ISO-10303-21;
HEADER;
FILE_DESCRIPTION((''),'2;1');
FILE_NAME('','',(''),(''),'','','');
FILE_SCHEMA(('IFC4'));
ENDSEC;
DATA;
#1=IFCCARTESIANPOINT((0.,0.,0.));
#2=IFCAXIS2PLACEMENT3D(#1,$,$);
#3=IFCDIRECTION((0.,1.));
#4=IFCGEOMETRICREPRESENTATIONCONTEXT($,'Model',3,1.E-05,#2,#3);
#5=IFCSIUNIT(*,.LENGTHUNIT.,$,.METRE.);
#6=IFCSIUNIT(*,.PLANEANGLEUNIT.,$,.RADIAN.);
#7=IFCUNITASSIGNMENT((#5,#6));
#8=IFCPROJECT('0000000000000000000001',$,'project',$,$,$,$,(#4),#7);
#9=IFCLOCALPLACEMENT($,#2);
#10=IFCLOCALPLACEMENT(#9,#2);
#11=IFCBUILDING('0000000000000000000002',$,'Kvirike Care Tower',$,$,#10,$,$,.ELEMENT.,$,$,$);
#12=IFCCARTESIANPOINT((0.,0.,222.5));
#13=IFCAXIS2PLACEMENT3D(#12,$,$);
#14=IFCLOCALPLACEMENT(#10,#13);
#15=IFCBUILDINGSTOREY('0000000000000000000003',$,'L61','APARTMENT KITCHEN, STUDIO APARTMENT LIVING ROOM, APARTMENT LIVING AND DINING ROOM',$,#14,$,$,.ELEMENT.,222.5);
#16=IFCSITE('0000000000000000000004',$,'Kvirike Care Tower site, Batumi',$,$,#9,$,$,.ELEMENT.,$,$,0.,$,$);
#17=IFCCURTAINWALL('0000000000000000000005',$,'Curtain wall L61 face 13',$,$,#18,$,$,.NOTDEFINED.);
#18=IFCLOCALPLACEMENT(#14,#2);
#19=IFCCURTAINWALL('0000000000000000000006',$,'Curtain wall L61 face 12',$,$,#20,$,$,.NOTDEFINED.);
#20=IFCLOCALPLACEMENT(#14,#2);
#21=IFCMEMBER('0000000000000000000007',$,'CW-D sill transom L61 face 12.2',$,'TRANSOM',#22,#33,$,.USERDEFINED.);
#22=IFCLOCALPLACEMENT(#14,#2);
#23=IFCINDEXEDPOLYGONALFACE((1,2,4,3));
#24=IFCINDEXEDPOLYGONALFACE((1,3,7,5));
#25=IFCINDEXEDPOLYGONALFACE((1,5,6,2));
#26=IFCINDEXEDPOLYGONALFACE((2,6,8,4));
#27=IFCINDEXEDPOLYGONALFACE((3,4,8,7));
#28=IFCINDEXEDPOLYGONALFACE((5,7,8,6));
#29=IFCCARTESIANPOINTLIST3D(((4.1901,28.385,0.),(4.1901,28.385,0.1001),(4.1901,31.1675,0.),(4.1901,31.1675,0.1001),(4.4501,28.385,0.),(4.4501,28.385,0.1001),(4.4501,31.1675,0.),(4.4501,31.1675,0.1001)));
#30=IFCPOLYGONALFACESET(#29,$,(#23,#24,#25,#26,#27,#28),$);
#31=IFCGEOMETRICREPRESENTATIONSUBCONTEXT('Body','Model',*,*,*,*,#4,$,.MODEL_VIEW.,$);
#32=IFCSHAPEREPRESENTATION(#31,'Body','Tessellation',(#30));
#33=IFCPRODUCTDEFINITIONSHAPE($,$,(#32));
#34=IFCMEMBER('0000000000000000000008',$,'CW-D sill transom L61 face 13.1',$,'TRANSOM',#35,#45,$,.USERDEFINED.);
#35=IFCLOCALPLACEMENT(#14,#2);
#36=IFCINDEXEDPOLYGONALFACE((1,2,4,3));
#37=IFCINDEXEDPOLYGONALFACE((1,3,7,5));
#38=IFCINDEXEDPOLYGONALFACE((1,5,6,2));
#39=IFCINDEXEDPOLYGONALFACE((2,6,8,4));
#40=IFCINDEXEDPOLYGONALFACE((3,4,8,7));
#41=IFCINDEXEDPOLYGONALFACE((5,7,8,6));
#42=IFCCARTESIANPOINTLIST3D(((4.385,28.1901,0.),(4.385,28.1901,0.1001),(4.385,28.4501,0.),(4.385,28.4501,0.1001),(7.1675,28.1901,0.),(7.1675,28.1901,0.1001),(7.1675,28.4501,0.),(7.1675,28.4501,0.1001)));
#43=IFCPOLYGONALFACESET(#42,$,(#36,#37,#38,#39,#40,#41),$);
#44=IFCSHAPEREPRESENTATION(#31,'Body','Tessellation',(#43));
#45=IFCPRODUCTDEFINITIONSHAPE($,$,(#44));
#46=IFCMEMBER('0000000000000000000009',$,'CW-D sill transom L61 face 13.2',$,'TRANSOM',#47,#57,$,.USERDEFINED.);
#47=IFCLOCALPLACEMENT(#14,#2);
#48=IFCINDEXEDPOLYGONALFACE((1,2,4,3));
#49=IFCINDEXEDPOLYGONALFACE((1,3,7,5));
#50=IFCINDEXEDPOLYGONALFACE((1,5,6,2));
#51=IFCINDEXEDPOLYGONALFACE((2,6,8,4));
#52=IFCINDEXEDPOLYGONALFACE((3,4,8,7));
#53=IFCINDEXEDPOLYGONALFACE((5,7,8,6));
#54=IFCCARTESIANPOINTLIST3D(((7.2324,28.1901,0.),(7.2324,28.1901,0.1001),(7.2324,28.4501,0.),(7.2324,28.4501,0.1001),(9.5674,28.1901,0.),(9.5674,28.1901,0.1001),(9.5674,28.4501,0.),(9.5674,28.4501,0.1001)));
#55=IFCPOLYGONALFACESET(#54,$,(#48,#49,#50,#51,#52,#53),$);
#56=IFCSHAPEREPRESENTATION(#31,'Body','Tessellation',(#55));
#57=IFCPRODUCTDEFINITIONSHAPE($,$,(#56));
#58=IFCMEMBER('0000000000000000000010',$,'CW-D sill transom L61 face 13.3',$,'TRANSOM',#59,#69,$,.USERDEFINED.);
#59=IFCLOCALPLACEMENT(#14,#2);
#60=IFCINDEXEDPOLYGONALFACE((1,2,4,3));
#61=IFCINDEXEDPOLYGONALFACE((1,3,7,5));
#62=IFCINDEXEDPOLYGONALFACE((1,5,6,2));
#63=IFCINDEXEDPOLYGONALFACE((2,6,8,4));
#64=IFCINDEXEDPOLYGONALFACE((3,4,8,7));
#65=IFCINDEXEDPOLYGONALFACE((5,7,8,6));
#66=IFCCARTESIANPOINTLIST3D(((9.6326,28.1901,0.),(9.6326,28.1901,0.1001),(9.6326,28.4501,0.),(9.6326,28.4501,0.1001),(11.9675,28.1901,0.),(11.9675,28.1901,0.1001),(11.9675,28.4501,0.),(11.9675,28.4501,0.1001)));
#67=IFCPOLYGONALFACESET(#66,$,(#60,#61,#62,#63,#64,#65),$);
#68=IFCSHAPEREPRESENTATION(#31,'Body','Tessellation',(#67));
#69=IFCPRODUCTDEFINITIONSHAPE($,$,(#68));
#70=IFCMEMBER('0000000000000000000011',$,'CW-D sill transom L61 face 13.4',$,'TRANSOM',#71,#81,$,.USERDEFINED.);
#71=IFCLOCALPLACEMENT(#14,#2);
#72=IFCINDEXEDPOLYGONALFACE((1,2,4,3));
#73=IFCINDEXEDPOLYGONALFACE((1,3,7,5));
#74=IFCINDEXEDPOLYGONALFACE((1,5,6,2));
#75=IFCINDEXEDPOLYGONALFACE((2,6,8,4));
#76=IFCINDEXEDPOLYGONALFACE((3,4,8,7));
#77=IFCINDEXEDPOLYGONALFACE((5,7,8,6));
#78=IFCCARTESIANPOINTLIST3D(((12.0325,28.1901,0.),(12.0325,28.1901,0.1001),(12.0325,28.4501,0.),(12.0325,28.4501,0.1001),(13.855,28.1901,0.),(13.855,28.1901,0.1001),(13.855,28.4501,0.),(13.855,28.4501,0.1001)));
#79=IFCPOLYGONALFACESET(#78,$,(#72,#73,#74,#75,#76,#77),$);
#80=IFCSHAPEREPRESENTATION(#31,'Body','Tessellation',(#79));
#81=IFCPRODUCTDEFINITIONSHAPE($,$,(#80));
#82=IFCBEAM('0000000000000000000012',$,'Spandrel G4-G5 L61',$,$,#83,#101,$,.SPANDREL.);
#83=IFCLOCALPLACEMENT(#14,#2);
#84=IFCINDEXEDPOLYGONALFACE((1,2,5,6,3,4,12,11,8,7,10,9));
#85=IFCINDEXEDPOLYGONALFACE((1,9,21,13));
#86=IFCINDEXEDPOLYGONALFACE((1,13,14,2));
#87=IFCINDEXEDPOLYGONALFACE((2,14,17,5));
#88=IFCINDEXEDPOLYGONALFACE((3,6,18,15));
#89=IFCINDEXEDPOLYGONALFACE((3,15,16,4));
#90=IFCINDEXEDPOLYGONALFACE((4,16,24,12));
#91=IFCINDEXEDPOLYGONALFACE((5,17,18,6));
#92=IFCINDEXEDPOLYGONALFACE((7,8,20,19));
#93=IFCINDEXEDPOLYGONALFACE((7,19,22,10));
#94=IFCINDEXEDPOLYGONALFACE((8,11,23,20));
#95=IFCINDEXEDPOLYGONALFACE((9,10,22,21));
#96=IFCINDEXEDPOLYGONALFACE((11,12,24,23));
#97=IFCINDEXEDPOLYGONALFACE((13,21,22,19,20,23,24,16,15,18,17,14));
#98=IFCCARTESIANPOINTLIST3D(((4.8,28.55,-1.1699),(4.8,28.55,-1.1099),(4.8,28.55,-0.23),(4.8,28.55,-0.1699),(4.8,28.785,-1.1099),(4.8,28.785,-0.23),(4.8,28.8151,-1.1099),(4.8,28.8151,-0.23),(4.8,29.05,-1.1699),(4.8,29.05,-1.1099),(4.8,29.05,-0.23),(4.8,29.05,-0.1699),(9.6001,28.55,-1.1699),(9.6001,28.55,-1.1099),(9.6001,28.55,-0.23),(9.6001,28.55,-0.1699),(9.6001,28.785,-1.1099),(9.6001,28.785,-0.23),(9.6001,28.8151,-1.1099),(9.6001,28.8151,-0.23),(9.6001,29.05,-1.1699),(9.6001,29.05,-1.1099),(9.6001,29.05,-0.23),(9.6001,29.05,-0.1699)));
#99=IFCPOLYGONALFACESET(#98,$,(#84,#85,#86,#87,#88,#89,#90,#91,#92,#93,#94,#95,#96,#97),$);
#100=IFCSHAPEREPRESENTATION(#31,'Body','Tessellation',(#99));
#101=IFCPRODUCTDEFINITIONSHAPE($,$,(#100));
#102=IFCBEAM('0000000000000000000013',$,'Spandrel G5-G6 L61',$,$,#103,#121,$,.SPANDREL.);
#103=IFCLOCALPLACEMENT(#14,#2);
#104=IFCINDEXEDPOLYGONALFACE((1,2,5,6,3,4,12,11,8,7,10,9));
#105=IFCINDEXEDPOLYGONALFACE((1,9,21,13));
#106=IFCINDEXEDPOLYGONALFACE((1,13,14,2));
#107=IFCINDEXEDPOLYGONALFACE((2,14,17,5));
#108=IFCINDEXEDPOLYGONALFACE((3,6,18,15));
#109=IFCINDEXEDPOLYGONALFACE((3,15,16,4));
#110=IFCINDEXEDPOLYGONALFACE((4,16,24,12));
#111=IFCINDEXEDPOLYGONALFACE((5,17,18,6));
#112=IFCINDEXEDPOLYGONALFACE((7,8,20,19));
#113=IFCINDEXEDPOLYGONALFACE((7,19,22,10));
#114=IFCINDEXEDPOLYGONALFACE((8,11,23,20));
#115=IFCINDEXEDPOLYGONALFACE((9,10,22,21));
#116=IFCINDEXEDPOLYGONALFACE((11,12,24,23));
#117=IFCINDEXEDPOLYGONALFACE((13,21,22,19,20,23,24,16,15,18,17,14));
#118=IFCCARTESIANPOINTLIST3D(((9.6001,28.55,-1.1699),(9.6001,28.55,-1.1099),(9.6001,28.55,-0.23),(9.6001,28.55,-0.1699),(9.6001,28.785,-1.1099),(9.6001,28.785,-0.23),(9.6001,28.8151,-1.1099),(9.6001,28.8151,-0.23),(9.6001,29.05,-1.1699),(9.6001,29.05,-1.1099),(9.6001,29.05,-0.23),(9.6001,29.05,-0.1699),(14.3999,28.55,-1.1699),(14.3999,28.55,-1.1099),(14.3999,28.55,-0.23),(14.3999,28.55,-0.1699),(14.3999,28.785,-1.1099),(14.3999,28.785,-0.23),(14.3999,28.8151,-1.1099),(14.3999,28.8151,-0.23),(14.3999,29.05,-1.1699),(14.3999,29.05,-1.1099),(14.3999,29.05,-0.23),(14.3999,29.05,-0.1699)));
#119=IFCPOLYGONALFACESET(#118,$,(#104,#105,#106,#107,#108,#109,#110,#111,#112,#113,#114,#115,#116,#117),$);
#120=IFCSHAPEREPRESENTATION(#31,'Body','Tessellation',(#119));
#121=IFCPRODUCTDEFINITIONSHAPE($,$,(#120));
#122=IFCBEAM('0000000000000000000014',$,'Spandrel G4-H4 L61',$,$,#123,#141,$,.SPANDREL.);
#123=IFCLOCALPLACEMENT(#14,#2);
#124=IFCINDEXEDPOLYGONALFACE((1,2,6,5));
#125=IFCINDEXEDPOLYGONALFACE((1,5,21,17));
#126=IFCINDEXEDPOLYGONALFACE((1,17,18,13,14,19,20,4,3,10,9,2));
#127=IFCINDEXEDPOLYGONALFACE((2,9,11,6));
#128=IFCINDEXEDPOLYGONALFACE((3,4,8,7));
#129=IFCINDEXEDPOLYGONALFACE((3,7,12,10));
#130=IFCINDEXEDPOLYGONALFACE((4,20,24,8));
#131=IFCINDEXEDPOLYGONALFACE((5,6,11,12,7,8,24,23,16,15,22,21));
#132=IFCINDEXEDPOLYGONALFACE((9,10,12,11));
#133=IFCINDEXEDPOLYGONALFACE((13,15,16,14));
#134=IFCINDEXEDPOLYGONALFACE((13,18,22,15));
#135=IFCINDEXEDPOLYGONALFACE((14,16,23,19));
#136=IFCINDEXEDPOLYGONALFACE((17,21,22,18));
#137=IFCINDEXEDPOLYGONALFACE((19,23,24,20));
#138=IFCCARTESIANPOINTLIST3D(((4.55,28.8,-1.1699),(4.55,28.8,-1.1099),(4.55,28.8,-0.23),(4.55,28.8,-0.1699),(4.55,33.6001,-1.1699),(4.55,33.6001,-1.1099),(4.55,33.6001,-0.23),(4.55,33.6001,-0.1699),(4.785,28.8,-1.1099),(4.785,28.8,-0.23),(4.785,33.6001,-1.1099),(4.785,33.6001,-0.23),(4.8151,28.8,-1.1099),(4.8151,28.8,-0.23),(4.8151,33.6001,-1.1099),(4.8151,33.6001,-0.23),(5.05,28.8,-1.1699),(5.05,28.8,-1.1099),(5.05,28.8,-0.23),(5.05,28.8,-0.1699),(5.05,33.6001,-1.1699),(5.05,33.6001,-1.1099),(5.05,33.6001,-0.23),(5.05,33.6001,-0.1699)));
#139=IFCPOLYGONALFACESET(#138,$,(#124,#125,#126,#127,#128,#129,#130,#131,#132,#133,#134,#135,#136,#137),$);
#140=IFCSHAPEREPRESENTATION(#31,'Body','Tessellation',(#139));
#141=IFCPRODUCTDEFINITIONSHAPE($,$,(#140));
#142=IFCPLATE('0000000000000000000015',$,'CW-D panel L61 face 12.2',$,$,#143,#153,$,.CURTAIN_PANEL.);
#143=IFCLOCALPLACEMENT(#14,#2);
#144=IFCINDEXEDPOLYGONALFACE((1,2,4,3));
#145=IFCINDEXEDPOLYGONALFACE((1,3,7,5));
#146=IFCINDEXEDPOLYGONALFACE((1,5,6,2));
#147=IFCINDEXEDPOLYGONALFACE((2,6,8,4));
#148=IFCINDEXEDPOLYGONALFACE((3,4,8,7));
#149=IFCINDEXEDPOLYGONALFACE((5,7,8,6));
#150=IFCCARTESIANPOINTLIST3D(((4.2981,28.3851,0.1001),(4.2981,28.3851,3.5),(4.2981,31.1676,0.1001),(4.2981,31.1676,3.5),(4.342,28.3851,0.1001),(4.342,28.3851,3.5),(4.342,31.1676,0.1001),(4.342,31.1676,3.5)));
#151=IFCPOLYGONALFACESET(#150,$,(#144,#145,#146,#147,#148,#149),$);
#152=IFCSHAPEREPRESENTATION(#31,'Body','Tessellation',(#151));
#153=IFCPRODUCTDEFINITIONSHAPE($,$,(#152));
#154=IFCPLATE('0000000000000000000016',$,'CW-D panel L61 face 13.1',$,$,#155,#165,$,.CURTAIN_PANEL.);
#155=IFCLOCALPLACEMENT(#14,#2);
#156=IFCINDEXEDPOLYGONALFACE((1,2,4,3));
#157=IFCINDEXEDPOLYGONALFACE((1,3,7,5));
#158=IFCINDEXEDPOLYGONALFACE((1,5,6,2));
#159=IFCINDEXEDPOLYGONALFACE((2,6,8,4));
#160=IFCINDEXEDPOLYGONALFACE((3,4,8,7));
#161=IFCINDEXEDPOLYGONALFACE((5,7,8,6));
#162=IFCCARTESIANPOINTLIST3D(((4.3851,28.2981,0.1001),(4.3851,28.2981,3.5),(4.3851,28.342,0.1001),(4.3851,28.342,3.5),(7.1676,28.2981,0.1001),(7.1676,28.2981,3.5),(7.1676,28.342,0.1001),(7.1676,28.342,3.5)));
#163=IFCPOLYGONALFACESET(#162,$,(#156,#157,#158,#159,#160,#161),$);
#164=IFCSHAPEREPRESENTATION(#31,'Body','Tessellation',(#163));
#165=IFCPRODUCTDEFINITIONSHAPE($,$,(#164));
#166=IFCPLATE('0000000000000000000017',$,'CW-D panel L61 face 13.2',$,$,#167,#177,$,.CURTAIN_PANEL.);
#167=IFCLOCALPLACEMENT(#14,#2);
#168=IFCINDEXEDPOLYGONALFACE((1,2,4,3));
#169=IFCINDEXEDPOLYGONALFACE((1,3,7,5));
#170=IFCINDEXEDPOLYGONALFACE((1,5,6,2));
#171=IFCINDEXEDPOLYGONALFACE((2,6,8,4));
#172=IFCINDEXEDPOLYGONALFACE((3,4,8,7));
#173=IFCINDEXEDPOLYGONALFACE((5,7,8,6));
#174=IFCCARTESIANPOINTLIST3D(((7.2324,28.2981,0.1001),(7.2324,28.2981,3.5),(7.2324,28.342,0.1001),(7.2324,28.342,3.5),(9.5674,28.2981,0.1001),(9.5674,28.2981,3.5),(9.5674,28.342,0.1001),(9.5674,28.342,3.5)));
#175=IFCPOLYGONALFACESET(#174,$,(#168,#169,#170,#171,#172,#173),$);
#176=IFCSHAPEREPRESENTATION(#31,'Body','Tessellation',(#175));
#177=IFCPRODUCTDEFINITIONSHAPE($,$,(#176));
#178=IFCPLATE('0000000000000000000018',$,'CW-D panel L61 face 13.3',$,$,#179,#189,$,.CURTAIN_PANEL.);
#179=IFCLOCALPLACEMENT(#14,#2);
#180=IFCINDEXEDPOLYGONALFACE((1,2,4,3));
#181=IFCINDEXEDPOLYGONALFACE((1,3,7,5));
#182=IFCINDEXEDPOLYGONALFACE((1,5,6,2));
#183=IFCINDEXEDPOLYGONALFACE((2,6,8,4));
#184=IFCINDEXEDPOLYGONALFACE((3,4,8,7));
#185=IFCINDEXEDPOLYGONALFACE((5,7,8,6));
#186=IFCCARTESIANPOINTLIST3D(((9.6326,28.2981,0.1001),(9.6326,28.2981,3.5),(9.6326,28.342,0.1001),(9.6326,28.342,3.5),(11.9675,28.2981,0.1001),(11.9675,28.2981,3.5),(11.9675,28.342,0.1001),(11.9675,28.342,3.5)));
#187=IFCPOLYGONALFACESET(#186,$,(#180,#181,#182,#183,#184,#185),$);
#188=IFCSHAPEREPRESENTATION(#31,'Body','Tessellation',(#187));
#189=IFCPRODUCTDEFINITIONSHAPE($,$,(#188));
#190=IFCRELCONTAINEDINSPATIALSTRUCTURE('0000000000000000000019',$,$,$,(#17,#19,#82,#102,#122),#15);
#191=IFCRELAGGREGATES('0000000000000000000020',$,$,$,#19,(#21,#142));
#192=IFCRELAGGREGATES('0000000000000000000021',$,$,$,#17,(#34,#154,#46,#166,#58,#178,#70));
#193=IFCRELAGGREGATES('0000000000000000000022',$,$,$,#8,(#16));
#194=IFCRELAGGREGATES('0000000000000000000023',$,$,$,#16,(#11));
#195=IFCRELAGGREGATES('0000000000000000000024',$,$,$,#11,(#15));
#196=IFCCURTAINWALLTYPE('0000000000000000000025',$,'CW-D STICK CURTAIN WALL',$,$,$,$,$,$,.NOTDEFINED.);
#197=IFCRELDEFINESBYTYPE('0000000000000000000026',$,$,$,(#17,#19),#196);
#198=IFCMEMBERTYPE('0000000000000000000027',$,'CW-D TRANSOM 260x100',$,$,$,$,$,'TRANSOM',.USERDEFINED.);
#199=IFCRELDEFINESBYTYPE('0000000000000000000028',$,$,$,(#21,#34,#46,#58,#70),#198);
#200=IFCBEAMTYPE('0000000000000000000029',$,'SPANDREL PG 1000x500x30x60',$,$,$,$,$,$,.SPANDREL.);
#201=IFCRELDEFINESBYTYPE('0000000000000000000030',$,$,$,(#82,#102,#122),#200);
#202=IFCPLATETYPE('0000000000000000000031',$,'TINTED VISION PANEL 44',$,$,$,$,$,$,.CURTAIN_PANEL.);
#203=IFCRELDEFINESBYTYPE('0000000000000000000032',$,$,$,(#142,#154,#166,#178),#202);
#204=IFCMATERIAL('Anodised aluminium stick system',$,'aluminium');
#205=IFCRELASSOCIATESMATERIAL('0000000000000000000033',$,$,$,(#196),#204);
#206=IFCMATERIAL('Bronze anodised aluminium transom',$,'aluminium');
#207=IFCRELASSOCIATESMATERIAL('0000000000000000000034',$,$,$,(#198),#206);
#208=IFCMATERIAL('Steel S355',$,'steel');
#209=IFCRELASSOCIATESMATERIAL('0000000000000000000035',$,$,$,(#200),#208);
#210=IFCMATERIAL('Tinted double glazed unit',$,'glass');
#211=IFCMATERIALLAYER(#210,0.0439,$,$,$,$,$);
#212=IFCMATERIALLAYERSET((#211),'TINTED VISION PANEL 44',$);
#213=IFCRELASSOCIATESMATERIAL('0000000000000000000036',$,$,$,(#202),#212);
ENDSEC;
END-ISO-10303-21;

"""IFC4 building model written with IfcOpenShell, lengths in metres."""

from ifc_helpers import new_model, si_unit, direction, frame, origin, origin_2d, place, context, subcontext, project, spatial, rectangle, i_section, extrude, material, layer, layer_set, material_profile, profile_set, type_object, element, aggregate, save


model = new_model("IFC4")

# Units and contexts
model_context = context("Model", 3, precision=1e-05, world=origin(), true_north=direction((0.0, 1.0)))
body_context = subcontext(model_context, "Body", "Model", "MODEL_VIEW")
ifc_project = project(units=[si_unit("LENGTHUNIT", "METRE"), si_unit("PLANEANGLEUNIT", "RADIAN")], contexts=[model_context])

# Site, building, storey
site_placement = place(None, origin())
site = spatial("IfcSite", under=ifc_project, at=site_placement, Name="Kvirike Care Tower site, Batumi", CompositionType="ELEMENT", RefElevation=0.0)
building_placement = place(site_placement, origin())
building = spatial("IfcBuilding", under=site, at=building_placement, Name="Kvirike Care Tower", CompositionType="ELEMENT")
storey_placement = place(building_placement, frame((0.0, 0.0, 222.5)))
storey = spatial("IfcBuildingStorey", under=building, at=storey_placement, Name="L61", Description="APARTMENT KITCHEN, STUDIO APARTMENT LIVING ROOM, APARTMENT LIVING AND DINING ROOM", CompositionType="ELEMENT", Elevation=222.5)

# Curtain wall
ifc_material_1 = material(Name="Anodised aluminium stick system", Category="aluminium")
curtain_wall_type = type_object("IfcCurtainWallType", Name="CW-D STICK CURTAIN WALL", PredefinedType="NOTDEFINED", material=ifc_material_1)
curtain_wall_1_placement = place(storey_placement, origin())
curtain_wall_1 = element("IfcCurtainWall", 1, at=curtain_wall_1_placement, inside=storey, type_object=curtain_wall_type, Name="Curtain wall L61 face 13", PredefinedType="NOTDEFINED")

# Curtain wall
curtain_wall_2_placement = place(storey_placement, origin())
curtain_wall_2 = element("IfcCurtainWall", 2, at=curtain_wall_2_placement, inside=storey, type_object=curtain_wall_type, Name="Curtain wall L61 face 12", PredefinedType="NOTDEFINED")

# Members
ifc_material_2 = material(Name="Bronze anodised aluminium transom", Category="aluminium")
ifc_material_profile_1 = material_profile(ifc_material_2, rectangle(XDim=0.26, YDim=0.1001, at=origin_2d()), Name="CW-D TRANSOM 260x100")
ifc_profile_set_1 = profile_set([ifc_material_profile_1], Name="Bronze anodised aluminium transom")
member_type_1 = type_object("IfcMemberType", Name="CW-D TRANSOM 260x100", ElementType="TRANSOM", PredefinedType="USERDEFINED", material=ifc_profile_set_1)
member_1_placement = place(storey_placement, frame((4.3201, 31.1675, 0.05), z_axis=(0.0, -1.0, 0.0), x_axis=(1.0, 0.0, 0.0)))
member_1 = element("IfcMember", 3, at=member_1_placement, type_object=member_type_1, Name="CW-D sill transom L61 face 12.2", ObjectType="TRANSOM", PredefinedType="USERDEFINED", context=body_context, shape_type="SweptSolid", body=[
    extrude(rectangle(XDim=0.26, YDim=0.1001, at=origin_2d()), origin(), (0.0, 0.0, 1.0), 2.7825),
])
member_2_placement = place(storey_placement, frame((4.385, 28.3201, 0.05), z_axis=(1.0, 0.0, 0.0), x_axis=(0.0, 1.0, 0.0)))
member_2 = element("IfcMember", 4, at=member_2_placement, type_object=member_type_1, Name="CW-D sill transom L61 face 13.1", ObjectType="TRANSOM", PredefinedType="USERDEFINED", context=body_context, shape_type="SweptSolid", body=[
    extrude(rectangle(XDim=0.26, YDim=0.1001, at=origin_2d()), origin(), (0.0, 0.0, 1.0), 2.7825),
])
member_3_placement = place(storey_placement, frame((7.2324, 28.3201, 0.05), z_axis=(1.0, 0.0, 0.0), x_axis=(0.0, 1.0, 0.0)))
member_3 = element("IfcMember", 5, at=member_3_placement, type_object=member_type_1, Name="CW-D sill transom L61 face 13.2", ObjectType="TRANSOM", PredefinedType="USERDEFINED", context=body_context, shape_type="SweptSolid", body=[
    extrude(rectangle(XDim=0.26, YDim=0.1001, at=origin_2d()), origin(), (0.0, 0.0, 1.0), 2.335),
])
member_4_placement = place(storey_placement, frame((9.6326, 28.3201, 0.05), z_axis=(1.0, 0.0, 0.0), x_axis=(0.0, 1.0, 0.0)))
member_4 = element("IfcMember", 6, at=member_4_placement, type_object=member_type_1, Name="CW-D sill transom L61 face 13.3", ObjectType="TRANSOM", PredefinedType="USERDEFINED", context=body_context, shape_type="SweptSolid", body=[
    extrude(rectangle(XDim=0.26, YDim=0.1001, at=origin_2d()), origin(), (0.0, 0.0, 1.0), 2.335),
])
member_5_placement = place(storey_placement, frame((12.0325, 28.3201, 0.05), z_axis=(1.0, 0.0, 0.0), x_axis=(0.0, 1.0, 0.0)))
member_5 = element("IfcMember", 7, at=member_5_placement, type_object=member_type_1, Name="CW-D sill transom L61 face 13.4", ObjectType="TRANSOM", PredefinedType="USERDEFINED", context=body_context, shape_type="SweptSolid", body=[
    extrude(rectangle(XDim=0.26, YDim=0.1001, at=origin_2d()), origin(), (0.0, 0.0, 1.0), 1.8225),
])

# Beams
ifc_material_3 = material(Name="Steel S355", Category="steel")
ifc_material_profile_2 = material_profile(ifc_material_3, i_section(OverallWidth=0.5, OverallDepth=1.0, WebThickness=0.03, FlangeThickness=0.0601, at=origin_2d()), Name="PG 1000x500x30x60")
ifc_profile_set_2 = profile_set([ifc_material_profile_2], Name="Steel S355")
beam_type = type_object("IfcBeamType", Name="SPANDREL PG 1000x500x30x60", PredefinedType="SPANDREL", material=ifc_profile_set_2)
beam_1_placement = place(storey_placement, frame((4.8, 28.8, -0.6699), z_axis=(1.0, 0.0, 0.0), x_axis=(0.0, 1.0, 0.0)))
element("IfcBeam", 8, at=beam_1_placement, inside=storey, type_object=beam_type, Name="Spandrel G4-G5 L61", PredefinedType="SPANDREL", context=body_context, shape_type="SweptSolid", body=[
    extrude(i_section(OverallWidth=0.5, OverallDepth=1.0, WebThickness=0.03, FlangeThickness=0.0601, at=origin_2d()), origin(), (0.0, 0.0, 1.0), 4.8),
])
beam_2_placement = place(storey_placement, frame((9.6001, 28.8, -0.6699), z_axis=(1.0, 0.0, 0.0), x_axis=(0.0, 1.0, 0.0)))
element("IfcBeam", 9, at=beam_2_placement, inside=storey, type_object=beam_type, Name="Spandrel G5-G6 L61", PredefinedType="SPANDREL", context=body_context, shape_type="SweptSolid", body=[
    extrude(i_section(OverallWidth=0.5, OverallDepth=1.0, WebThickness=0.03, FlangeThickness=0.0601, at=origin_2d()), origin(), (0.0, 0.0, 1.0), 4.7998),
])
beam_3_placement = place(storey_placement, frame((4.8, 28.8, -0.6699), z_axis=(0.0, 1.0, 0.0), x_axis=(-1.0, 0.0, 0.0)))
element("IfcBeam", 10, at=beam_3_placement, inside=storey, type_object=beam_type, Name="Spandrel G4-H4 L61", PredefinedType="SPANDREL", context=body_context, shape_type="SweptSolid", body=[
    extrude(i_section(OverallWidth=0.5, OverallDepth=1.0, WebThickness=0.03, FlangeThickness=0.0601, at=origin_2d()), origin(), (0.0, 0.0, 1.0), 4.8),
])

# Plates
ifc_material_4 = material(Name="Tinted double glazed unit", Category="glass")
ifc_layer = layer(ifc_material_4, 0.0439)
ifc_layer_set = layer_set([ifc_layer], Name="TINTED VISION PANEL 44")
plate_type = type_object("IfcPlateType", Name="TINTED VISION PANEL 44", PredefinedType="CURTAIN_PANEL", material=ifc_layer_set)
plate_1_placement = place(storey_placement, frame((4.3201, 29.7764, 0.1001), z_axis=(0.0, 0.0, 1.0), x_axis=(0.0, -1.0, 0.0)))
plate_1 = element("IfcPlate", 11, at=plate_1_placement, type_object=plate_type, Name="CW-D panel L61 face 12.2", PredefinedType="CURTAIN_PANEL", context=body_context, shape_type="SweptSolid", body=[
    extrude(rectangle(XDim=2.7825, YDim=0.0439, at=origin_2d()), origin(), (0.0, 0.0, 1.0), 3.3999),
])
aggregate(curtain_wall_2, [member_1, plate_1])
plate_2_placement = place(storey_placement, frame((5.7764, 28.3201, 0.1001), z_axis=(0.0, 0.0, 1.0), x_axis=(1.0, 0.0, 0.0)))
plate_2 = element("IfcPlate", 12, at=plate_2_placement, type_object=plate_type, Name="CW-D panel L61 face 13.1", PredefinedType="CURTAIN_PANEL", context=body_context, shape_type="SweptSolid", body=[
    extrude(rectangle(XDim=2.7825, YDim=0.0439, at=origin_2d()), origin(), (0.0, 0.0, 1.0), 3.3999),
])
plate_3_placement = place(storey_placement, frame((8.3999, 28.3201, 0.1001), z_axis=(0.0, 0.0, 1.0), x_axis=(1.0, 0.0, 0.0)))
plate_3 = element("IfcPlate", 13, at=plate_3_placement, type_object=plate_type, Name="CW-D panel L61 face 13.2", PredefinedType="CURTAIN_PANEL", context=body_context, shape_type="SweptSolid", body=[
    extrude(rectangle(XDim=2.335, YDim=0.0439, at=origin_2d()), origin(), (0.0, 0.0, 1.0), 3.3999),
])
plate_4_placement = place(storey_placement, frame((10.8, 28.3201, 0.1001), z_axis=(0.0, 0.0, 1.0), x_axis=(1.0, 0.0, 0.0)))
plate_4 = element("IfcPlate", 14, at=plate_4_placement, type_object=plate_type, Name="CW-D panel L61 face 13.3", PredefinedType="CURTAIN_PANEL", context=body_context, shape_type="SweptSolid", body=[
    extrude(rectangle(XDim=2.335, YDim=0.0439, at=origin_2d()), origin(), (0.0, 0.0, 1.0), 3.3999),
])
aggregate(curtain_wall_1, [member_2, plate_2, member_3, plate_3, member_4, plate_4, member_5])

save(model, "model.ifc")
